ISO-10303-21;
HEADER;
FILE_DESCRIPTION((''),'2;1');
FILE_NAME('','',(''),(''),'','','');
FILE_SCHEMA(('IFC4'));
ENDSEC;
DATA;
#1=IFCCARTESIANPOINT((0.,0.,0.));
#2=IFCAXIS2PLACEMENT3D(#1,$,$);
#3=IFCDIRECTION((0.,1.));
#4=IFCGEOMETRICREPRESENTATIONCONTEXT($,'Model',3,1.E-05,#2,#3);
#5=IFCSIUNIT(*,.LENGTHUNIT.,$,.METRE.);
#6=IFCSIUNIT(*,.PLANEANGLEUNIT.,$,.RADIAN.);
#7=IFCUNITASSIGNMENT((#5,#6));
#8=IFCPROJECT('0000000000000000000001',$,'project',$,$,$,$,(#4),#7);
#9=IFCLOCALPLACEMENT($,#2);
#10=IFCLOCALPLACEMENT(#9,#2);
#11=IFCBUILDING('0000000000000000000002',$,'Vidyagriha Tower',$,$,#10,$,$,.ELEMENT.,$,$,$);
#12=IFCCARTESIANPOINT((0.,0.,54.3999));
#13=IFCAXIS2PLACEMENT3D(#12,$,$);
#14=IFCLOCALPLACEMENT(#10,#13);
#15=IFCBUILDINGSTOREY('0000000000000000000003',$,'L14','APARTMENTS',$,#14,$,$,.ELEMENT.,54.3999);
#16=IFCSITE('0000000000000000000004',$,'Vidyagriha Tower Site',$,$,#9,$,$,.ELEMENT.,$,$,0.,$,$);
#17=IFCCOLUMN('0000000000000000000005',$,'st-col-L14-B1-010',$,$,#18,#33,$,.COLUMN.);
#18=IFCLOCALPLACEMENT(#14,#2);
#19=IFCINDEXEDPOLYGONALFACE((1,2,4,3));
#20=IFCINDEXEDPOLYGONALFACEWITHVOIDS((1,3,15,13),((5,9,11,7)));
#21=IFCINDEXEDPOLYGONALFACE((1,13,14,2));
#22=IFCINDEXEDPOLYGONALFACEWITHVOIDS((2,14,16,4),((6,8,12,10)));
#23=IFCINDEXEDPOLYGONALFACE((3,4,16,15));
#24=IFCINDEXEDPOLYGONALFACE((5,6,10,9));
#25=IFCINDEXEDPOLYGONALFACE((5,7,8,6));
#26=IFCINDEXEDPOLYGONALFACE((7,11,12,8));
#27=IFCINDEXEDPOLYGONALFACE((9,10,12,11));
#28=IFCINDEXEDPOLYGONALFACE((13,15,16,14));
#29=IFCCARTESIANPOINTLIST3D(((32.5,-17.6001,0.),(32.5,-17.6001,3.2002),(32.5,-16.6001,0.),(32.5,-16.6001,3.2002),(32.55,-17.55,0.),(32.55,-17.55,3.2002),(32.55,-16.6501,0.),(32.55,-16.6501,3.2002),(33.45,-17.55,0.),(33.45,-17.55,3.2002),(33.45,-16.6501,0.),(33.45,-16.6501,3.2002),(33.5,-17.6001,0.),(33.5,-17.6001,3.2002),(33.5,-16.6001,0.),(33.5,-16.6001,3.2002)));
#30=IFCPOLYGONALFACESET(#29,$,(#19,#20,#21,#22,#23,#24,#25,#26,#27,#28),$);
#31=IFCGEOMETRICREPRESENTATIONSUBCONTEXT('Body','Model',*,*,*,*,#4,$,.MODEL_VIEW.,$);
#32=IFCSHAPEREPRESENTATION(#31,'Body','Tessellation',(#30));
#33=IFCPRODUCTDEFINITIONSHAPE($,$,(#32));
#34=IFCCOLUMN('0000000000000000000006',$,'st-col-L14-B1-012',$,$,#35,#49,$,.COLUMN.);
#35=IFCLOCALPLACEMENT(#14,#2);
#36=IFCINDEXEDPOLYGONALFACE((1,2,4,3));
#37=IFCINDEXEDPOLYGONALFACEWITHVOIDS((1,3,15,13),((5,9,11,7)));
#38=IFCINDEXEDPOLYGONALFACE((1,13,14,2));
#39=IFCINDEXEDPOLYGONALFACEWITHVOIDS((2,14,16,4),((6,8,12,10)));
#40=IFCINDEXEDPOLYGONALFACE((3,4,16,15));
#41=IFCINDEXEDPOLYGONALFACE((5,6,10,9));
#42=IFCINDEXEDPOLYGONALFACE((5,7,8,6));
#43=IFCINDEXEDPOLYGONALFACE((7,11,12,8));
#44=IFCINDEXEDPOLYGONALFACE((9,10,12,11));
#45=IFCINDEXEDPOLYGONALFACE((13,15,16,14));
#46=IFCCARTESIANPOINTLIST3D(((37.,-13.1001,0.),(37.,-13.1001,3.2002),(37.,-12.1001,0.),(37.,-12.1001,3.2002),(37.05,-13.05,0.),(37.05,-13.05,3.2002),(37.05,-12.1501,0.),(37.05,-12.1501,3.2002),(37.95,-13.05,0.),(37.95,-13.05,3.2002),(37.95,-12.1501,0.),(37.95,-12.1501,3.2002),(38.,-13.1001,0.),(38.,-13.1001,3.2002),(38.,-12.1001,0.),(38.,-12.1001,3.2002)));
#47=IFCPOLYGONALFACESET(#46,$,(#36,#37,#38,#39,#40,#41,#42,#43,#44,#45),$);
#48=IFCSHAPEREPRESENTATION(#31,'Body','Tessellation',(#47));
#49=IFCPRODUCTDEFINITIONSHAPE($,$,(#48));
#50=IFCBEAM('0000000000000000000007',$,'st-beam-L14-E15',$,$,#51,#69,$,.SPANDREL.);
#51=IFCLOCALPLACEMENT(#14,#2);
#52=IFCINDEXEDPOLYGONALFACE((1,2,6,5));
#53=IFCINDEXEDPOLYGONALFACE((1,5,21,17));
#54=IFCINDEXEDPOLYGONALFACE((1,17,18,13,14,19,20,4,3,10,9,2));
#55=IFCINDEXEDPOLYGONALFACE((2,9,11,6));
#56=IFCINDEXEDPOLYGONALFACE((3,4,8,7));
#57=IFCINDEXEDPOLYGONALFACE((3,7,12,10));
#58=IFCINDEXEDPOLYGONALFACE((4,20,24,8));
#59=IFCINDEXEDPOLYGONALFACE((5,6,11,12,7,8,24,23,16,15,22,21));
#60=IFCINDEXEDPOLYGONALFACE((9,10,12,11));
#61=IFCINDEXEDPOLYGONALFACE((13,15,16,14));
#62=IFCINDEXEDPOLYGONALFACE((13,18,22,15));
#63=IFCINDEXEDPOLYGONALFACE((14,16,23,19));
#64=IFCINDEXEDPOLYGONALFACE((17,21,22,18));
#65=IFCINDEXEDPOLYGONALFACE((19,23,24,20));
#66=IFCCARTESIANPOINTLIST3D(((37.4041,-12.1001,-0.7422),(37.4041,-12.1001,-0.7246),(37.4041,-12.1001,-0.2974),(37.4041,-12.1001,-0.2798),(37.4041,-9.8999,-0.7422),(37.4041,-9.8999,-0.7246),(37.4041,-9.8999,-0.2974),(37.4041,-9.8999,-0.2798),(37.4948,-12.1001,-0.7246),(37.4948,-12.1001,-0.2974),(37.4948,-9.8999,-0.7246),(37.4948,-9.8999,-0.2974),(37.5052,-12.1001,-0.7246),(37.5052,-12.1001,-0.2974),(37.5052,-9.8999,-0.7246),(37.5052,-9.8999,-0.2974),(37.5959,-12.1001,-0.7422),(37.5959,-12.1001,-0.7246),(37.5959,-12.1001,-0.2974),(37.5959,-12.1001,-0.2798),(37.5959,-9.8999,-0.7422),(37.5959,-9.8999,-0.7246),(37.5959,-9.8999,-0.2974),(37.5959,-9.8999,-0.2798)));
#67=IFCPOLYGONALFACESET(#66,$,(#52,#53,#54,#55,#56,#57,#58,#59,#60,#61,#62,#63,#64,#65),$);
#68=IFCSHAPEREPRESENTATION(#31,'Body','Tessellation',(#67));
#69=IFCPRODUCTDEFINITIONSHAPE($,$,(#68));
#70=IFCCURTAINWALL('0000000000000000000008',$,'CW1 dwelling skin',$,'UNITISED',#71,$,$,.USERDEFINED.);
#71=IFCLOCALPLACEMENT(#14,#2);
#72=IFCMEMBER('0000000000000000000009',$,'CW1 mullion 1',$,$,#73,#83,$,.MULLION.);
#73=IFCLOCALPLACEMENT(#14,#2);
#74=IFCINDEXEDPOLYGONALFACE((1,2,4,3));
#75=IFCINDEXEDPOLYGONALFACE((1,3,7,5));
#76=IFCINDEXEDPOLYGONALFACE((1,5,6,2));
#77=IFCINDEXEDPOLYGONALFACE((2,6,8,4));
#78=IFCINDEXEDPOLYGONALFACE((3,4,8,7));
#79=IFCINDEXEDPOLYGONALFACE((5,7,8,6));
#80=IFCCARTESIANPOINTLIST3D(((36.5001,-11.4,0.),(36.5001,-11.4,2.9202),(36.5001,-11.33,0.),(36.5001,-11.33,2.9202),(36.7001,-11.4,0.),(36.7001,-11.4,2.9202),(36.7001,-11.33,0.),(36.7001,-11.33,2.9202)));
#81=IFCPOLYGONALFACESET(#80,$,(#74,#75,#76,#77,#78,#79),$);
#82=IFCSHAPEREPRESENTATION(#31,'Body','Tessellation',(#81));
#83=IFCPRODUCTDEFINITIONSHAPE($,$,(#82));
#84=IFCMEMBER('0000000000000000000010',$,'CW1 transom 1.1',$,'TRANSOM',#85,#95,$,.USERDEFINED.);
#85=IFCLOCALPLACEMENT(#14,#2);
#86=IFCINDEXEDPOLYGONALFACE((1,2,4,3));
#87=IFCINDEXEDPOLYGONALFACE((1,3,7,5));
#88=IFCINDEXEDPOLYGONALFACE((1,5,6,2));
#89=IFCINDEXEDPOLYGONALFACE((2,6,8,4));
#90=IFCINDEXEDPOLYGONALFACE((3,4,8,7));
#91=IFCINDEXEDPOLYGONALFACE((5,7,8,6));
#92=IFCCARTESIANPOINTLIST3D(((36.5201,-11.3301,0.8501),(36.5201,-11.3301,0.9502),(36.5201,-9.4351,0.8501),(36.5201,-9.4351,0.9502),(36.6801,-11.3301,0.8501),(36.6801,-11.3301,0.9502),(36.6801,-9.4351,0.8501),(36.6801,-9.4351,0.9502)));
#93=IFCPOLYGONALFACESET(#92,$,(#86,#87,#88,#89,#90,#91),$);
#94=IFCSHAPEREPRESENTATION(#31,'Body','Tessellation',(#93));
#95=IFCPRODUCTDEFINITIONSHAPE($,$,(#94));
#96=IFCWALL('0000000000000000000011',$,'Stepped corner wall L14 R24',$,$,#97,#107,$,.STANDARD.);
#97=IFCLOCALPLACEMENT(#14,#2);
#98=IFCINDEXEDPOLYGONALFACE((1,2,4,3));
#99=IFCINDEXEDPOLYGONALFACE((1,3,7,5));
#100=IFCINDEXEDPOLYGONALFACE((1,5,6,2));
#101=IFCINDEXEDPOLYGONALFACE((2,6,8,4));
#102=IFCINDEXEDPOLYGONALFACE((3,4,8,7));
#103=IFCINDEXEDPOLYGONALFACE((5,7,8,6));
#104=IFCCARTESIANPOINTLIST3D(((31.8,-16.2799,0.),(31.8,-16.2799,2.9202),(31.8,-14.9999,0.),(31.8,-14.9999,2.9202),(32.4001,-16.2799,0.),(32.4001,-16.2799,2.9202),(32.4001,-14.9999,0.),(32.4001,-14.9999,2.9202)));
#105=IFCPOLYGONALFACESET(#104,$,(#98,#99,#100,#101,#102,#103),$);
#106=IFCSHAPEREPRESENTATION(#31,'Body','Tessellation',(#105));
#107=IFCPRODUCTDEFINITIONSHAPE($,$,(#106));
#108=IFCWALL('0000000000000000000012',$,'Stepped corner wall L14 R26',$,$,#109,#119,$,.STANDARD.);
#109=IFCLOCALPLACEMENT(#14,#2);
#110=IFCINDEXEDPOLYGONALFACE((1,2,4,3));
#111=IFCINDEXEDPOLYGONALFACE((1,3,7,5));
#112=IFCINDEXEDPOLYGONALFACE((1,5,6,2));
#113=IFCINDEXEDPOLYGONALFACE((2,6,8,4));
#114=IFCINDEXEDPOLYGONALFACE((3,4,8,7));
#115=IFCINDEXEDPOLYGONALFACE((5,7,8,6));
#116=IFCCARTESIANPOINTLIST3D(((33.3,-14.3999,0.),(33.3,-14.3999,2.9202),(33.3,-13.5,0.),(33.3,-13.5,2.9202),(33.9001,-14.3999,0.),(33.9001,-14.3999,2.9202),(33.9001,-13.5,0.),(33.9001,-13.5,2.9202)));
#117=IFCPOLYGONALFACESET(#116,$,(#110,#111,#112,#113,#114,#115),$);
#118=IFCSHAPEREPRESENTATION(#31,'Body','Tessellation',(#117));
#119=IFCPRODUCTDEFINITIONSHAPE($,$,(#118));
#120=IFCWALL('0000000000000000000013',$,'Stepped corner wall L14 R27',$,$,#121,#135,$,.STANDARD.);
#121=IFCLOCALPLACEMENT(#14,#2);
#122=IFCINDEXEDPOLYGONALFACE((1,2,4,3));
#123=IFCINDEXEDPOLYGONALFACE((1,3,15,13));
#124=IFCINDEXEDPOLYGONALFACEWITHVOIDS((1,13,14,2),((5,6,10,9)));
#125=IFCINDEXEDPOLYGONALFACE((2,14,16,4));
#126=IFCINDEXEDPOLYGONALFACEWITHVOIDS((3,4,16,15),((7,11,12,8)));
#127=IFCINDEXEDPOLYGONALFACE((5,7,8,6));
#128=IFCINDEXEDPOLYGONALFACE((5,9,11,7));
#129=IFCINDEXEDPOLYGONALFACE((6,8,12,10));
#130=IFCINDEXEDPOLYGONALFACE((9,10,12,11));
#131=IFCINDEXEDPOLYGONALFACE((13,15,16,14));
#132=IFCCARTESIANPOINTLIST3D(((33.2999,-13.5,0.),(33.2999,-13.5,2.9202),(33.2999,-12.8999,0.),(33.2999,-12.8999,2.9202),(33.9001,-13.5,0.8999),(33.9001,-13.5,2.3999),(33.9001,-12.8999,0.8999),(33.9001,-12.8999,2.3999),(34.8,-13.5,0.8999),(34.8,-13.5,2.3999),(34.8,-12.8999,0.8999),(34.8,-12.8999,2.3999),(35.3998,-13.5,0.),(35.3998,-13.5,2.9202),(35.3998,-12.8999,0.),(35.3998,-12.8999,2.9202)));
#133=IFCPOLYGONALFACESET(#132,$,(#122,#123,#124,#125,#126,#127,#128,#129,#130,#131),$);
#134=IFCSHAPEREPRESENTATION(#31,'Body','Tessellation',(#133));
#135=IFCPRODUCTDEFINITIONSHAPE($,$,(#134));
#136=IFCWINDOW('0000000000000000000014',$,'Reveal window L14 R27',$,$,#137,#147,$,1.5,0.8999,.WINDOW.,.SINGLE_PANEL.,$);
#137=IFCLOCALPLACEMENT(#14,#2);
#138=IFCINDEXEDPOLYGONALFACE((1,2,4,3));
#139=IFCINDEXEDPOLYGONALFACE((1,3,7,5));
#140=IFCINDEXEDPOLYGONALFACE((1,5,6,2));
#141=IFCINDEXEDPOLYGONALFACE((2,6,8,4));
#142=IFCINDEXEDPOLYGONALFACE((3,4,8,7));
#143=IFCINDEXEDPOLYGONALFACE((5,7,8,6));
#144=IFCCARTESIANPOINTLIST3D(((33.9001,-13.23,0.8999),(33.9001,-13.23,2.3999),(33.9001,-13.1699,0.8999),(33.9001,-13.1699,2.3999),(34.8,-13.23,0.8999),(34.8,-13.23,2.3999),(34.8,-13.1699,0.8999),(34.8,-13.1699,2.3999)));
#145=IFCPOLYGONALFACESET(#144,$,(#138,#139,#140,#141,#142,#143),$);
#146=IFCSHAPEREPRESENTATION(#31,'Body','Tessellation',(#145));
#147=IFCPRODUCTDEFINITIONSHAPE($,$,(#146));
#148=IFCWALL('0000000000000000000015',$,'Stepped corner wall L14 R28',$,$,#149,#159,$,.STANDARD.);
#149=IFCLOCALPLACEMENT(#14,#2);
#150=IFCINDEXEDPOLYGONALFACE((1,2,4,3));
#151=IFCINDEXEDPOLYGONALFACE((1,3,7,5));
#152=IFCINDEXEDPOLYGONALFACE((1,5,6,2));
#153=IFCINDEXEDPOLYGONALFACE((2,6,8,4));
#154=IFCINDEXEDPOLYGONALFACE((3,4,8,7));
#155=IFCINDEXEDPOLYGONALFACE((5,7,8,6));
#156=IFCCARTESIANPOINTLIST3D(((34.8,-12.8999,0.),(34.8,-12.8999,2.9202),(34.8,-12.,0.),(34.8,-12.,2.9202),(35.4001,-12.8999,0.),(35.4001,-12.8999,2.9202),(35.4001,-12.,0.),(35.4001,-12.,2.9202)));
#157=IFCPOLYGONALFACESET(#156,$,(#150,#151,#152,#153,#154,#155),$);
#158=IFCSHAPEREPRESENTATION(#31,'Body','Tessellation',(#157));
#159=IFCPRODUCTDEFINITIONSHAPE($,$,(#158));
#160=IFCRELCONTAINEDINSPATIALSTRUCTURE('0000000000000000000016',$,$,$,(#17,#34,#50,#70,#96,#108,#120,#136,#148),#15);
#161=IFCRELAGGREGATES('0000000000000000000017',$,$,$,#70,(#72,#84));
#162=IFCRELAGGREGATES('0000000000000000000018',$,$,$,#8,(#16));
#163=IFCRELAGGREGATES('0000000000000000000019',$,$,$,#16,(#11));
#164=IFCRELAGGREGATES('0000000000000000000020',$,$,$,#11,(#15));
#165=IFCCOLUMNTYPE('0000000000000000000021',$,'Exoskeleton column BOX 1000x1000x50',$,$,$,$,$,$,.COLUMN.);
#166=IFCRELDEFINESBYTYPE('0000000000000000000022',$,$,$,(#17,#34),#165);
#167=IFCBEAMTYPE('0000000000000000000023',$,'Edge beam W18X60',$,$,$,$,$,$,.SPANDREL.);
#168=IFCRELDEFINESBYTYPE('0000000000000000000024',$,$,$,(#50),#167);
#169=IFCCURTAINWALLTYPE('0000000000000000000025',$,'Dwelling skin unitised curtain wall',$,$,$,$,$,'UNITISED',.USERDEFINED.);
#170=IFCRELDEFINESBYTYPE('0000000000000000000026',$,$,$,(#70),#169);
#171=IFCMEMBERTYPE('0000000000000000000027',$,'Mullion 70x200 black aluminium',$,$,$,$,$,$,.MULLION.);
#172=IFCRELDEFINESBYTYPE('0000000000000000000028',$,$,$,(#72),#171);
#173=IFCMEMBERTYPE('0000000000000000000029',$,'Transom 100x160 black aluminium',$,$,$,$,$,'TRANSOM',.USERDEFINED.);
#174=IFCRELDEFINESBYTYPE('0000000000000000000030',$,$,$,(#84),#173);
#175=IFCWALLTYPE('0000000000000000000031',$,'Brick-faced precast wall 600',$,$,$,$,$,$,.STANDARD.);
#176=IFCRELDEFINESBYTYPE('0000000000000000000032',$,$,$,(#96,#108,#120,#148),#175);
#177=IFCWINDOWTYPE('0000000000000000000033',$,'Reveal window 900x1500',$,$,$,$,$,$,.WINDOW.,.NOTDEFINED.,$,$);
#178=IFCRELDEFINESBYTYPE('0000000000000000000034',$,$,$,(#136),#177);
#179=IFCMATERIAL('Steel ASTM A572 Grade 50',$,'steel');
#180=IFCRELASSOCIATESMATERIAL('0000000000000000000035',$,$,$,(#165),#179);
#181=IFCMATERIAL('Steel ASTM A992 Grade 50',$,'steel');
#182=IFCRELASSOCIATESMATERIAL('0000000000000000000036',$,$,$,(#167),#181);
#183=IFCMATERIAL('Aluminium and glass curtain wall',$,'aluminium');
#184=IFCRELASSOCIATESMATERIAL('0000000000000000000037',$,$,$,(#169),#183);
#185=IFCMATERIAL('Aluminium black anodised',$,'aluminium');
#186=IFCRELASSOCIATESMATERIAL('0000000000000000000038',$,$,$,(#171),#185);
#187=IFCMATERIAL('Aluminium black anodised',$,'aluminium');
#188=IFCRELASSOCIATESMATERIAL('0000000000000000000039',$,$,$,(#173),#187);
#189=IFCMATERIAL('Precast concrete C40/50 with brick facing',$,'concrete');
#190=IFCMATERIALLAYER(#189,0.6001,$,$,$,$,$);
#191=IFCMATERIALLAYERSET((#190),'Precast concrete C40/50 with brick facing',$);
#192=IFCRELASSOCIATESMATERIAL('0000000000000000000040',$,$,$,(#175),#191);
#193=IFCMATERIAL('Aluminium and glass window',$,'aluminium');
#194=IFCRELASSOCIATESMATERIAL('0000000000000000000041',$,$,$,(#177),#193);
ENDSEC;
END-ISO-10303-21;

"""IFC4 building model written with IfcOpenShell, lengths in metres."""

from ifc_helpers import new_model, si_unit, direction, frame, frame_2d, origin, origin_2d, place, context, subcontext, project, spatial, rectangle, hollow_rectangle, i_section, extrude, material, layer, layer_set, material_profile, profile_set, type_object, element, fill, aggregate, save


model = new_model("IFC4")

# Units and contexts
model_context = context("Model", 3, precision=1e-05, world=origin(), true_north=direction((0.0, 1.0)))
body_context = subcontext(model_context, "Body", "Model", "MODEL_VIEW")
ifc_project = project(units=[si_unit("LENGTHUNIT", "METRE"), si_unit("PLANEANGLEUNIT", "RADIAN")], contexts=[model_context])

# Site, building, storey
site_placement = place(None, origin())
site = spatial("IfcSite", under=ifc_project, at=site_placement, Name="Vidyagriha Tower Site", CompositionType="ELEMENT", RefElevation=0.0)
building_placement = place(site_placement, origin())
building = spatial("IfcBuilding", under=site, at=building_placement, Name="Vidyagriha Tower", CompositionType="ELEMENT")
storey_placement = place(building_placement, frame((0.0, 0.0, 54.3999)))
storey = spatial("IfcBuildingStorey", under=building, at=storey_placement, Name="L14", Description="APARTMENTS", CompositionType="ELEMENT", Elevation=54.3999)

# Columns
ifc_material_1 = material(Name="Steel ASTM A572 Grade 50", Category="steel")
ifc_material_profile_1 = material_profile(ifc_material_1, hollow_rectangle(XDim=1.0, YDim=1.0, WallThickness=0.05, at=origin_2d()), Name="BOX 1000x1000x50")
ifc_profile_set_1 = profile_set([ifc_material_profile_1], Name="Steel ASTM A572 Grade 50")
column_type = type_object("IfcColumnType", Name="Exoskeleton column BOX 1000x1000x50", PredefinedType="COLUMN", material=ifc_profile_set_1)
for number, where, name in (
    (1, (33.0, -17.1001, 0.0), "st-col-L14-B1-010"),
    (2, (37.5, -12.6001, 0.0), "st-col-L14-B1-012"),
):
    element("IfcColumn", number, at=place(storey_placement, frame(where)), inside=storey, type_object=column_type, Name=name, PredefinedType="COLUMN", context=body_context, shape_type="SweptSolid", body=[
        extrude(hollow_rectangle(XDim=1.0, YDim=1.0, WallThickness=0.05, at=origin_2d()), origin(), (0.0, 0.0, 1.0), 3.2002),
    ])

# Beam
ifc_material_2 = material(Name="Steel ASTM A992 Grade 50", Category="steel")
ifc_material_profile_2 = material_profile(ifc_material_2, i_section(OverallWidth=0.1919, OverallDepth=0.4624, WebThickness=0.0105, FlangeThickness=0.0176, at=origin_2d()), Name="W18X60")
ifc_profile_set_2 = profile_set([ifc_material_profile_2], Name="Steel ASTM A992 Grade 50")
beam_type = type_object("IfcBeamType", Name="Edge beam W18X60", PredefinedType="SPANDREL", material=ifc_profile_set_2)
beam_placement = place(storey_placement, frame((37.5, -12.1001, -0.511), z_axis=(0.0, 1.0, 0.0), x_axis=(-1.0, 0.0, 0.0)))
element("IfcBeam", 3, at=beam_placement, inside=storey, type_object=beam_type, Name="st-beam-L14-E15", PredefinedType="SPANDREL", context=body_context, shape_type="SweptSolid", body=[
    extrude(i_section(OverallWidth=0.1919, OverallDepth=0.4624, WebThickness=0.0105, FlangeThickness=0.0176, at=origin_2d()), origin(), (0.0, 0.0, 1.0), 2.2002),
])

# Curtain wall, members
ifc_material_3 = material(Name="Aluminium and glass curtain wall", Category="aluminium")
curtain_wall_type = type_object("IfcCurtainWallType", Name="Dwelling skin unitised curtain wall", ElementType="UNITISED", PredefinedType="USERDEFINED", material=ifc_material_3)
curtain_wall_placement = place(storey_placement, origin())
curtain_wall = element("IfcCurtainWall", 4, at=curtain_wall_placement, inside=storey, type_object=curtain_wall_type, Name="CW1 dwelling skin", ObjectType="UNITISED", PredefinedType="USERDEFINED")
ifc_material_4 = material(Name="Aluminium black anodised", Category="aluminium")
ifc_material_profile_3 = material_profile(ifc_material_4, rectangle(XDim=0.2, YDim=0.0701, at=origin_2d()), Name="Mullion 70x200 black aluminium")
ifc_profile_set_3 = profile_set([ifc_material_profile_3], Name="Aluminium black anodised")
member_type_1 = type_object("IfcMemberType", Name="Mullion 70x200 black aluminium", PredefinedType="MULLION", material=ifc_profile_set_3)
member_1_placement = place(storey_placement, frame((36.6001, -11.365, 0.0), z_axis=(0.0, 0.0, 1.0), x_axis=(-1.0, 0.0, 0.0)))
member_1 = element("IfcMember", 5, at=member_1_placement, type_object=member_type_1, Name="CW1 mullion 1", PredefinedType="MULLION", context=body_context, shape_type="SweptSolid", body=[
    extrude(rectangle(XDim=0.2, YDim=0.0701, at=origin_2d()), origin(), (0.0, 0.0, 1.0), 2.9202),
])
ifc_material_5 = material(Name="Aluminium black anodised", Category="aluminium")
ifc_material_profile_4 = material_profile(ifc_material_5, rectangle(XDim=0.1599, YDim=0.1001, at=origin_2d()), Name="Transom 100x160 black aluminium")
ifc_profile_set_4 = profile_set([ifc_material_profile_4], Name="Aluminium black anodised")
member_type_2 = type_object("IfcMemberType", Name="Transom 100x160 black aluminium", ElementType="TRANSOM", PredefinedType="USERDEFINED", material=ifc_profile_set_4)
member_2_placement = place(storey_placement, frame((36.6001, -11.3301, 0.9001), z_axis=(0.0, 1.0, 0.0), x_axis=(-1.0, 0.0, 0.0)))
member_2 = element("IfcMember", 6, at=member_2_placement, type_object=member_type_2, Name="CW1 transom 1.1", ObjectType="TRANSOM", PredefinedType="USERDEFINED", context=body_context, shape_type="SweptSolid", body=[
    extrude(rectangle(XDim=0.1599, YDim=0.1001, at=origin_2d()), origin(), (0.0, 0.0, 1.0), 1.895),
])
aggregate(curtain_wall, [member_1, member_2])

# Walls
ifc_material_6 = material(Name="Precast concrete C40/50 with brick facing", Category="concrete")
ifc_layer_1 = layer(ifc_material_6, 0.6001)
ifc_layer_set_1 = layer_set([ifc_layer_1], Name="Precast concrete C40/50 with brick facing")
wall_type_1 = type_object("IfcWallType", Name="Brick-faced precast wall 600", PredefinedType="STANDARD", material=ifc_layer_set_1)
wall_1_placement = place(storey_placement, frame((32.1001, -16.28, 0.0), z_axis=(0.0, 0.0, 1.0), x_axis=(0.0, 1.0, 0.0)))
element("IfcWall", 7, at=wall_1_placement, inside=storey, type_object=wall_type_1, Name="Stepped corner wall L14 R24", PredefinedType="STANDARD", context=body_context, shape_type="SweptSolid", body=[
    extrude(rectangle(XDim=1.28, YDim=0.6001, at=frame_2d((0.6401, 0.0))), origin(), (0.0, 0.0, 1.0), 2.9202),
])
wall_2_placement = place(storey_placement, frame((33.6001, -14.3999, 0.0), z_axis=(0.0, 0.0, 1.0), x_axis=(0.0, 1.0, 0.0)))
element("IfcWall", 8, at=wall_2_placement, inside=storey, type_object=wall_type_1, Name="Stepped corner wall L14 R26", PredefinedType="STANDARD", context=body_context, shape_type="SweptSolid", body=[
    extrude(rectangle(XDim=0.8999, YDim=0.6001, at=frame_2d((0.45, 0.0))), origin(), (0.0, 0.0, 1.0), 2.9202),
])

# Wall, opening, window
wall_3_placement = place(storey_placement, frame((33.3, -13.2, 0.0)))
wall_3 = element("IfcWall", 9, at=wall_3_placement, inside=storey, type_object=wall_type_1, Name="Stepped corner wall L14 R27", PredefinedType="STANDARD", context=body_context, shape_type="SweptSolid", body=[
    extrude(rectangle(XDim=2.0999, YDim=0.6001, at=frame_2d((1.0498, 0.0))), origin(), (0.0, 0.0, 1.0), 2.9202),
])
opening_1_placement = place(wall_3_placement, frame((0.6001, 0.0, 0.8999)))
opening_1 = element("IfcOpeningElement", 10, at=opening_1_placement, cuts=wall_3, PredefinedType="OPENING", context=body_context, shape_type="SweptSolid", body=[
    extrude(rectangle(XDim=0.8999, YDim=1.5, at=frame_2d((0.45, 0.75))), frame((0.0, 0.3101, 0.0), z_axis=(0.0, -1.0, 0.0), x_axis=(1.0, 0.0, 0.0)), (0.0, 0.0, 1.0), 0.6201),
])
ifc_material_7 = material(Name="Aluminium and glass window", Category="aluminium")
window_type = type_object("IfcWindowType", Name="Reveal window 900x1500", PartitioningType="NOTDEFINED", PredefinedType="WINDOW", material=ifc_material_7)
window_1_placement = place(opening_1_placement, origin())
window_1 = element("IfcWindow", 11, at=window_1_placement, inside=storey, type_object=window_type, Name="Reveal window L14 R27", OverallHeight=1.5, OverallWidth=0.8999, PartitioningType="SINGLE_PANEL", PredefinedType="WINDOW", context=body_context, shape_type="SweptSolid", body=[
    extrude(rectangle(XDim=0.8999, YDim=1.5, at=frame_2d((0.45, 0.75))), frame((0.0, 0.03, 0.0), z_axis=(0.0, -1.0, 0.0), x_axis=(1.0, 0.0, 0.0)), (0.0, 0.0, 1.0), 0.0601),
])
fill(opening_1, window_1)

# Wall
wall_4_placement = place(storey_placement, frame((35.1001, -12.8999, 0.0), z_axis=(0.0, 0.0, 1.0), x_axis=(0.0, 1.0, 0.0)))
element("IfcWall", 12, at=wall_4_placement, inside=storey, type_object=wall_type_1, Name="Stepped corner wall L14 R28", PredefinedType="STANDARD", context=body_context, shape_type="SweptSolid", body=[
    extrude(rectangle(XDim=0.8999, YDim=0.6001, at=frame_2d((0.45, 0.0))), origin(), (0.0, 0.0, 1.0), 2.9202),
])

save(model, "model.ifc")
